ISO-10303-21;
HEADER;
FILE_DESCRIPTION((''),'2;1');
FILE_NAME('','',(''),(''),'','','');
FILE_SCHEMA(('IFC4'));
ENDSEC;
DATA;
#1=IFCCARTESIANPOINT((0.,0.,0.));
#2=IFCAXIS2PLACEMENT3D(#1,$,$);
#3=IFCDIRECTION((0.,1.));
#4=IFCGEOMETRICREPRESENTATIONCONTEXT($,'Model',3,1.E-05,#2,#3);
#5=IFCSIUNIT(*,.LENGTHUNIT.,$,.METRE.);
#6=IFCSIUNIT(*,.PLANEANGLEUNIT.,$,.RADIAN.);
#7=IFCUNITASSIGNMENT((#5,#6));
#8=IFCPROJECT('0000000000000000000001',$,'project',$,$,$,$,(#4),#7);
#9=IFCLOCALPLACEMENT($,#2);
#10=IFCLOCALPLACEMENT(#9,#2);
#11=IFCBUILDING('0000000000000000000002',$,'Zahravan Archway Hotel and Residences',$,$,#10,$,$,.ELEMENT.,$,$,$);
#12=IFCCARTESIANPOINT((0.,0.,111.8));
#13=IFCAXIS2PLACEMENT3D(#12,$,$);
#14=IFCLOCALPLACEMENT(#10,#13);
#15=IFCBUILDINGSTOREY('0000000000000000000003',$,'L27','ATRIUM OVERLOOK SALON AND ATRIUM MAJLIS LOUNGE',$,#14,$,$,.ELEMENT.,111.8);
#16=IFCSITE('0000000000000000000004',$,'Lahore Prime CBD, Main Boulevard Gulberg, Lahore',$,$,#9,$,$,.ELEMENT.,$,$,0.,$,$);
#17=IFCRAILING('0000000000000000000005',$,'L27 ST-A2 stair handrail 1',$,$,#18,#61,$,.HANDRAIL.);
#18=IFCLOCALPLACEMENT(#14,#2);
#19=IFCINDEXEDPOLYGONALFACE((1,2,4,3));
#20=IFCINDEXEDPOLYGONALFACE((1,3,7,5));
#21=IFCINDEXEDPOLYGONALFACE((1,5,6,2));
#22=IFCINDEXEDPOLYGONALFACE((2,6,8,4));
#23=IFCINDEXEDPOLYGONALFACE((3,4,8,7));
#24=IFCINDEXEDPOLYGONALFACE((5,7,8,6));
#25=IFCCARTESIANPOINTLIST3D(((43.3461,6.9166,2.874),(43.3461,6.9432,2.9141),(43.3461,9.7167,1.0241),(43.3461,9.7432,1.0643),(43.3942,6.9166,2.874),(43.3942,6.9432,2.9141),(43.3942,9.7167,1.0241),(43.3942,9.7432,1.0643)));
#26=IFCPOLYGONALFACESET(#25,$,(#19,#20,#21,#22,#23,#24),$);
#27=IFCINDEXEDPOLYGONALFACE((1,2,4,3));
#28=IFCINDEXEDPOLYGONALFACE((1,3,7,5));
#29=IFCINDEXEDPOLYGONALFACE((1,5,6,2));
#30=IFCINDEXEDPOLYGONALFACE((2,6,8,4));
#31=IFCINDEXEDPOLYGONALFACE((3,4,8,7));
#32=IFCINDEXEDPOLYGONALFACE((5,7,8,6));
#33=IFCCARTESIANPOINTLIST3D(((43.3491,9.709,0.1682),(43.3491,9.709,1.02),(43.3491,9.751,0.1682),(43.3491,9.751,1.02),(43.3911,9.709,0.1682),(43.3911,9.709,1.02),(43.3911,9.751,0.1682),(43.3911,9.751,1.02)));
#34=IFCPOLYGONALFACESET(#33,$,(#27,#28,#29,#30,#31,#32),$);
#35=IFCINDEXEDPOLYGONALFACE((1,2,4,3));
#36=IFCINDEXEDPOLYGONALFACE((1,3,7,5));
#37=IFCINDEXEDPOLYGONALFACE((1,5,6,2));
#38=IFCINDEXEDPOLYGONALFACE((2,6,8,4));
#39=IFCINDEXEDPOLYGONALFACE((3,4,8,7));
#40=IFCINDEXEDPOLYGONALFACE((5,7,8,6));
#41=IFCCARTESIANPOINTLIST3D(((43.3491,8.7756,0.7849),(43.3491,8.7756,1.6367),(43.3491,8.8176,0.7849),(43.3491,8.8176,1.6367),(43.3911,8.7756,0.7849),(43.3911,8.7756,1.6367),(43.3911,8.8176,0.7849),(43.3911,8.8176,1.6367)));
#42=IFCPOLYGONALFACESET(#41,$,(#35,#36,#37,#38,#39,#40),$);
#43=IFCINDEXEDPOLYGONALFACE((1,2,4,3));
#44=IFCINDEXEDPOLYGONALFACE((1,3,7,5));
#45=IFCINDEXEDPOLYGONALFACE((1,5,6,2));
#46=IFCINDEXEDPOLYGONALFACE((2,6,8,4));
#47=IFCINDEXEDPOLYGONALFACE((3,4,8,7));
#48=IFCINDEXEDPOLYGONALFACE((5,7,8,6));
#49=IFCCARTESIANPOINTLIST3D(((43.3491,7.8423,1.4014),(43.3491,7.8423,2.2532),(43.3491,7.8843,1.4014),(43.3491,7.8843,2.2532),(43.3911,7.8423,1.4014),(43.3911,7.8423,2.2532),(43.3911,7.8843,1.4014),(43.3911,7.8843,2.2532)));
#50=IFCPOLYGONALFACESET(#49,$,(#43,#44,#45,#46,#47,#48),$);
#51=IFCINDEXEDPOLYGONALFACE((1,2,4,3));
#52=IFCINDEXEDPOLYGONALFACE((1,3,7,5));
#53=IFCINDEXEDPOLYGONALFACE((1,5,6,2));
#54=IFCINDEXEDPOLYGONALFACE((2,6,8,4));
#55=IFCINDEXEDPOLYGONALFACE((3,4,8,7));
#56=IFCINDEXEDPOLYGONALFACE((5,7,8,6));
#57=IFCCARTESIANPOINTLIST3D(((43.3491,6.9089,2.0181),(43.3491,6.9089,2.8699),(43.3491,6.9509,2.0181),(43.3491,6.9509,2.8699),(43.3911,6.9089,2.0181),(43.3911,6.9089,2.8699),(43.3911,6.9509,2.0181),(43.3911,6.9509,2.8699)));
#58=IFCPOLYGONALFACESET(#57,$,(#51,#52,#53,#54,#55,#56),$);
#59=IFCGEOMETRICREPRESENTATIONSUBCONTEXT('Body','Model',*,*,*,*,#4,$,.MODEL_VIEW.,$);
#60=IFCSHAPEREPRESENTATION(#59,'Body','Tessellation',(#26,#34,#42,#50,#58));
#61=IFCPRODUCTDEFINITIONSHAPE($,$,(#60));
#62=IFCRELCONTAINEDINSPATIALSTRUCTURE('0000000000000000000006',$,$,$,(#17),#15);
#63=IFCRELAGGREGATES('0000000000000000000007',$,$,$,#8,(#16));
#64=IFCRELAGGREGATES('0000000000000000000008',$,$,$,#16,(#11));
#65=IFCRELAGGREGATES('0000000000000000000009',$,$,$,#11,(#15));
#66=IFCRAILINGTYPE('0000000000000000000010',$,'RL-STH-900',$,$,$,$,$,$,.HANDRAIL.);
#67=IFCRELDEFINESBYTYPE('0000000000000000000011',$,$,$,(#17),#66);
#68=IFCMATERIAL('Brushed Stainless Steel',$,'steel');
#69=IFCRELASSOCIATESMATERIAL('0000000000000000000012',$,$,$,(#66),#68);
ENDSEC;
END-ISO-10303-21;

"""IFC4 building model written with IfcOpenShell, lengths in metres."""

from ifc_helpers import new_model, si_unit, direction, frame, origin, origin_2d, place, context, subcontext, project, spatial, rectangle, extrude, material, type_object, element, save


model = new_model("IFC4")

# Units and contexts
model_context = context("Model", 3, precision=1e-05, world=origin(), true_north=direction((0.0, 1.0)))
body_context = subcontext(model_context, "Body", "Model", "MODEL_VIEW")
ifc_project = project(units=[si_unit("LENGTHUNIT", "METRE"), si_unit("PLANEANGLEUNIT", "RADIAN")], contexts=[model_context])

# Site, building, storey
site_placement = place(None, origin())
site = spatial("IfcSite", under=ifc_project, at=site_placement, Name="Lahore Prime CBD, Main Boulevard Gulberg, Lahore", CompositionType="ELEMENT", RefElevation=0.0)
building_placement = place(site_placement, origin())
building = spatial("IfcBuilding", under=site, at=building_placement, Name="Zahravan Archway Hotel and Residences", CompositionType="ELEMENT")
storey_placement = place(building_placement, frame((0.0, 0.0, 111.8)))
storey = spatial("IfcBuildingStorey", under=building, at=storey_placement, Name="L27", Description="ATRIUM OVERLOOK SALON AND ATRIUM MAJLIS LOUNGE", CompositionType="ELEMENT", Elevation=111.8)

# Shared definitions
ifc_material_1 = material(Name="Brushed Stainless Steel", Category="steel")

# Railing
railing_type_1 = type_object("IfcRailingType", Name="RL-STH-900", PredefinedType="HANDRAIL", material=ifc_material_1)
railing_1_placement = place(storey_placement, frame((43.3701, 9.73, 0.1682)))
element("IfcRailing", 1, at=railing_1_placement, inside=storey, type_object=railing_type_1, Name="L27 ST-A2 stair handrail 1", PredefinedType="HANDRAIL", context=body_context, shape_type="SweptSolid", body=[
    extrude(rectangle(XDim=0.0481, YDim=0.0481, at=origin_2d()), frame((0.0, 0.0, 0.876), z_axis=(0.0, -0.83436, 0.55122), x_axis=(1.0, 0.0, 0.0)), (0.0, 0.0, 1.0), 3.356),
    extrude(rectangle(XDim=0.042, YDim=0.042, at=origin_2d()), origin(), (0.0, 0.0, 1.0), 0.8518),
    extrude(rectangle(XDim=0.042, YDim=0.042, at=origin_2d()), frame((0.0, -0.9333, 0.6167)), (0.0, 0.0, 1.0), 0.8518),
    extrude(rectangle(XDim=0.042, YDim=0.042, at=origin_2d()), frame((0.0, -1.8667, 1.2332)), (0.0, 0.0, 1.0), 0.8518),
    extrude(rectangle(XDim=0.042, YDim=0.042, at=origin_2d()), frame((0.0, -2.8, 1.8499)), (0.0, 0.0, 1.0), 0.8518),
])

save(model, "model.ifc")
